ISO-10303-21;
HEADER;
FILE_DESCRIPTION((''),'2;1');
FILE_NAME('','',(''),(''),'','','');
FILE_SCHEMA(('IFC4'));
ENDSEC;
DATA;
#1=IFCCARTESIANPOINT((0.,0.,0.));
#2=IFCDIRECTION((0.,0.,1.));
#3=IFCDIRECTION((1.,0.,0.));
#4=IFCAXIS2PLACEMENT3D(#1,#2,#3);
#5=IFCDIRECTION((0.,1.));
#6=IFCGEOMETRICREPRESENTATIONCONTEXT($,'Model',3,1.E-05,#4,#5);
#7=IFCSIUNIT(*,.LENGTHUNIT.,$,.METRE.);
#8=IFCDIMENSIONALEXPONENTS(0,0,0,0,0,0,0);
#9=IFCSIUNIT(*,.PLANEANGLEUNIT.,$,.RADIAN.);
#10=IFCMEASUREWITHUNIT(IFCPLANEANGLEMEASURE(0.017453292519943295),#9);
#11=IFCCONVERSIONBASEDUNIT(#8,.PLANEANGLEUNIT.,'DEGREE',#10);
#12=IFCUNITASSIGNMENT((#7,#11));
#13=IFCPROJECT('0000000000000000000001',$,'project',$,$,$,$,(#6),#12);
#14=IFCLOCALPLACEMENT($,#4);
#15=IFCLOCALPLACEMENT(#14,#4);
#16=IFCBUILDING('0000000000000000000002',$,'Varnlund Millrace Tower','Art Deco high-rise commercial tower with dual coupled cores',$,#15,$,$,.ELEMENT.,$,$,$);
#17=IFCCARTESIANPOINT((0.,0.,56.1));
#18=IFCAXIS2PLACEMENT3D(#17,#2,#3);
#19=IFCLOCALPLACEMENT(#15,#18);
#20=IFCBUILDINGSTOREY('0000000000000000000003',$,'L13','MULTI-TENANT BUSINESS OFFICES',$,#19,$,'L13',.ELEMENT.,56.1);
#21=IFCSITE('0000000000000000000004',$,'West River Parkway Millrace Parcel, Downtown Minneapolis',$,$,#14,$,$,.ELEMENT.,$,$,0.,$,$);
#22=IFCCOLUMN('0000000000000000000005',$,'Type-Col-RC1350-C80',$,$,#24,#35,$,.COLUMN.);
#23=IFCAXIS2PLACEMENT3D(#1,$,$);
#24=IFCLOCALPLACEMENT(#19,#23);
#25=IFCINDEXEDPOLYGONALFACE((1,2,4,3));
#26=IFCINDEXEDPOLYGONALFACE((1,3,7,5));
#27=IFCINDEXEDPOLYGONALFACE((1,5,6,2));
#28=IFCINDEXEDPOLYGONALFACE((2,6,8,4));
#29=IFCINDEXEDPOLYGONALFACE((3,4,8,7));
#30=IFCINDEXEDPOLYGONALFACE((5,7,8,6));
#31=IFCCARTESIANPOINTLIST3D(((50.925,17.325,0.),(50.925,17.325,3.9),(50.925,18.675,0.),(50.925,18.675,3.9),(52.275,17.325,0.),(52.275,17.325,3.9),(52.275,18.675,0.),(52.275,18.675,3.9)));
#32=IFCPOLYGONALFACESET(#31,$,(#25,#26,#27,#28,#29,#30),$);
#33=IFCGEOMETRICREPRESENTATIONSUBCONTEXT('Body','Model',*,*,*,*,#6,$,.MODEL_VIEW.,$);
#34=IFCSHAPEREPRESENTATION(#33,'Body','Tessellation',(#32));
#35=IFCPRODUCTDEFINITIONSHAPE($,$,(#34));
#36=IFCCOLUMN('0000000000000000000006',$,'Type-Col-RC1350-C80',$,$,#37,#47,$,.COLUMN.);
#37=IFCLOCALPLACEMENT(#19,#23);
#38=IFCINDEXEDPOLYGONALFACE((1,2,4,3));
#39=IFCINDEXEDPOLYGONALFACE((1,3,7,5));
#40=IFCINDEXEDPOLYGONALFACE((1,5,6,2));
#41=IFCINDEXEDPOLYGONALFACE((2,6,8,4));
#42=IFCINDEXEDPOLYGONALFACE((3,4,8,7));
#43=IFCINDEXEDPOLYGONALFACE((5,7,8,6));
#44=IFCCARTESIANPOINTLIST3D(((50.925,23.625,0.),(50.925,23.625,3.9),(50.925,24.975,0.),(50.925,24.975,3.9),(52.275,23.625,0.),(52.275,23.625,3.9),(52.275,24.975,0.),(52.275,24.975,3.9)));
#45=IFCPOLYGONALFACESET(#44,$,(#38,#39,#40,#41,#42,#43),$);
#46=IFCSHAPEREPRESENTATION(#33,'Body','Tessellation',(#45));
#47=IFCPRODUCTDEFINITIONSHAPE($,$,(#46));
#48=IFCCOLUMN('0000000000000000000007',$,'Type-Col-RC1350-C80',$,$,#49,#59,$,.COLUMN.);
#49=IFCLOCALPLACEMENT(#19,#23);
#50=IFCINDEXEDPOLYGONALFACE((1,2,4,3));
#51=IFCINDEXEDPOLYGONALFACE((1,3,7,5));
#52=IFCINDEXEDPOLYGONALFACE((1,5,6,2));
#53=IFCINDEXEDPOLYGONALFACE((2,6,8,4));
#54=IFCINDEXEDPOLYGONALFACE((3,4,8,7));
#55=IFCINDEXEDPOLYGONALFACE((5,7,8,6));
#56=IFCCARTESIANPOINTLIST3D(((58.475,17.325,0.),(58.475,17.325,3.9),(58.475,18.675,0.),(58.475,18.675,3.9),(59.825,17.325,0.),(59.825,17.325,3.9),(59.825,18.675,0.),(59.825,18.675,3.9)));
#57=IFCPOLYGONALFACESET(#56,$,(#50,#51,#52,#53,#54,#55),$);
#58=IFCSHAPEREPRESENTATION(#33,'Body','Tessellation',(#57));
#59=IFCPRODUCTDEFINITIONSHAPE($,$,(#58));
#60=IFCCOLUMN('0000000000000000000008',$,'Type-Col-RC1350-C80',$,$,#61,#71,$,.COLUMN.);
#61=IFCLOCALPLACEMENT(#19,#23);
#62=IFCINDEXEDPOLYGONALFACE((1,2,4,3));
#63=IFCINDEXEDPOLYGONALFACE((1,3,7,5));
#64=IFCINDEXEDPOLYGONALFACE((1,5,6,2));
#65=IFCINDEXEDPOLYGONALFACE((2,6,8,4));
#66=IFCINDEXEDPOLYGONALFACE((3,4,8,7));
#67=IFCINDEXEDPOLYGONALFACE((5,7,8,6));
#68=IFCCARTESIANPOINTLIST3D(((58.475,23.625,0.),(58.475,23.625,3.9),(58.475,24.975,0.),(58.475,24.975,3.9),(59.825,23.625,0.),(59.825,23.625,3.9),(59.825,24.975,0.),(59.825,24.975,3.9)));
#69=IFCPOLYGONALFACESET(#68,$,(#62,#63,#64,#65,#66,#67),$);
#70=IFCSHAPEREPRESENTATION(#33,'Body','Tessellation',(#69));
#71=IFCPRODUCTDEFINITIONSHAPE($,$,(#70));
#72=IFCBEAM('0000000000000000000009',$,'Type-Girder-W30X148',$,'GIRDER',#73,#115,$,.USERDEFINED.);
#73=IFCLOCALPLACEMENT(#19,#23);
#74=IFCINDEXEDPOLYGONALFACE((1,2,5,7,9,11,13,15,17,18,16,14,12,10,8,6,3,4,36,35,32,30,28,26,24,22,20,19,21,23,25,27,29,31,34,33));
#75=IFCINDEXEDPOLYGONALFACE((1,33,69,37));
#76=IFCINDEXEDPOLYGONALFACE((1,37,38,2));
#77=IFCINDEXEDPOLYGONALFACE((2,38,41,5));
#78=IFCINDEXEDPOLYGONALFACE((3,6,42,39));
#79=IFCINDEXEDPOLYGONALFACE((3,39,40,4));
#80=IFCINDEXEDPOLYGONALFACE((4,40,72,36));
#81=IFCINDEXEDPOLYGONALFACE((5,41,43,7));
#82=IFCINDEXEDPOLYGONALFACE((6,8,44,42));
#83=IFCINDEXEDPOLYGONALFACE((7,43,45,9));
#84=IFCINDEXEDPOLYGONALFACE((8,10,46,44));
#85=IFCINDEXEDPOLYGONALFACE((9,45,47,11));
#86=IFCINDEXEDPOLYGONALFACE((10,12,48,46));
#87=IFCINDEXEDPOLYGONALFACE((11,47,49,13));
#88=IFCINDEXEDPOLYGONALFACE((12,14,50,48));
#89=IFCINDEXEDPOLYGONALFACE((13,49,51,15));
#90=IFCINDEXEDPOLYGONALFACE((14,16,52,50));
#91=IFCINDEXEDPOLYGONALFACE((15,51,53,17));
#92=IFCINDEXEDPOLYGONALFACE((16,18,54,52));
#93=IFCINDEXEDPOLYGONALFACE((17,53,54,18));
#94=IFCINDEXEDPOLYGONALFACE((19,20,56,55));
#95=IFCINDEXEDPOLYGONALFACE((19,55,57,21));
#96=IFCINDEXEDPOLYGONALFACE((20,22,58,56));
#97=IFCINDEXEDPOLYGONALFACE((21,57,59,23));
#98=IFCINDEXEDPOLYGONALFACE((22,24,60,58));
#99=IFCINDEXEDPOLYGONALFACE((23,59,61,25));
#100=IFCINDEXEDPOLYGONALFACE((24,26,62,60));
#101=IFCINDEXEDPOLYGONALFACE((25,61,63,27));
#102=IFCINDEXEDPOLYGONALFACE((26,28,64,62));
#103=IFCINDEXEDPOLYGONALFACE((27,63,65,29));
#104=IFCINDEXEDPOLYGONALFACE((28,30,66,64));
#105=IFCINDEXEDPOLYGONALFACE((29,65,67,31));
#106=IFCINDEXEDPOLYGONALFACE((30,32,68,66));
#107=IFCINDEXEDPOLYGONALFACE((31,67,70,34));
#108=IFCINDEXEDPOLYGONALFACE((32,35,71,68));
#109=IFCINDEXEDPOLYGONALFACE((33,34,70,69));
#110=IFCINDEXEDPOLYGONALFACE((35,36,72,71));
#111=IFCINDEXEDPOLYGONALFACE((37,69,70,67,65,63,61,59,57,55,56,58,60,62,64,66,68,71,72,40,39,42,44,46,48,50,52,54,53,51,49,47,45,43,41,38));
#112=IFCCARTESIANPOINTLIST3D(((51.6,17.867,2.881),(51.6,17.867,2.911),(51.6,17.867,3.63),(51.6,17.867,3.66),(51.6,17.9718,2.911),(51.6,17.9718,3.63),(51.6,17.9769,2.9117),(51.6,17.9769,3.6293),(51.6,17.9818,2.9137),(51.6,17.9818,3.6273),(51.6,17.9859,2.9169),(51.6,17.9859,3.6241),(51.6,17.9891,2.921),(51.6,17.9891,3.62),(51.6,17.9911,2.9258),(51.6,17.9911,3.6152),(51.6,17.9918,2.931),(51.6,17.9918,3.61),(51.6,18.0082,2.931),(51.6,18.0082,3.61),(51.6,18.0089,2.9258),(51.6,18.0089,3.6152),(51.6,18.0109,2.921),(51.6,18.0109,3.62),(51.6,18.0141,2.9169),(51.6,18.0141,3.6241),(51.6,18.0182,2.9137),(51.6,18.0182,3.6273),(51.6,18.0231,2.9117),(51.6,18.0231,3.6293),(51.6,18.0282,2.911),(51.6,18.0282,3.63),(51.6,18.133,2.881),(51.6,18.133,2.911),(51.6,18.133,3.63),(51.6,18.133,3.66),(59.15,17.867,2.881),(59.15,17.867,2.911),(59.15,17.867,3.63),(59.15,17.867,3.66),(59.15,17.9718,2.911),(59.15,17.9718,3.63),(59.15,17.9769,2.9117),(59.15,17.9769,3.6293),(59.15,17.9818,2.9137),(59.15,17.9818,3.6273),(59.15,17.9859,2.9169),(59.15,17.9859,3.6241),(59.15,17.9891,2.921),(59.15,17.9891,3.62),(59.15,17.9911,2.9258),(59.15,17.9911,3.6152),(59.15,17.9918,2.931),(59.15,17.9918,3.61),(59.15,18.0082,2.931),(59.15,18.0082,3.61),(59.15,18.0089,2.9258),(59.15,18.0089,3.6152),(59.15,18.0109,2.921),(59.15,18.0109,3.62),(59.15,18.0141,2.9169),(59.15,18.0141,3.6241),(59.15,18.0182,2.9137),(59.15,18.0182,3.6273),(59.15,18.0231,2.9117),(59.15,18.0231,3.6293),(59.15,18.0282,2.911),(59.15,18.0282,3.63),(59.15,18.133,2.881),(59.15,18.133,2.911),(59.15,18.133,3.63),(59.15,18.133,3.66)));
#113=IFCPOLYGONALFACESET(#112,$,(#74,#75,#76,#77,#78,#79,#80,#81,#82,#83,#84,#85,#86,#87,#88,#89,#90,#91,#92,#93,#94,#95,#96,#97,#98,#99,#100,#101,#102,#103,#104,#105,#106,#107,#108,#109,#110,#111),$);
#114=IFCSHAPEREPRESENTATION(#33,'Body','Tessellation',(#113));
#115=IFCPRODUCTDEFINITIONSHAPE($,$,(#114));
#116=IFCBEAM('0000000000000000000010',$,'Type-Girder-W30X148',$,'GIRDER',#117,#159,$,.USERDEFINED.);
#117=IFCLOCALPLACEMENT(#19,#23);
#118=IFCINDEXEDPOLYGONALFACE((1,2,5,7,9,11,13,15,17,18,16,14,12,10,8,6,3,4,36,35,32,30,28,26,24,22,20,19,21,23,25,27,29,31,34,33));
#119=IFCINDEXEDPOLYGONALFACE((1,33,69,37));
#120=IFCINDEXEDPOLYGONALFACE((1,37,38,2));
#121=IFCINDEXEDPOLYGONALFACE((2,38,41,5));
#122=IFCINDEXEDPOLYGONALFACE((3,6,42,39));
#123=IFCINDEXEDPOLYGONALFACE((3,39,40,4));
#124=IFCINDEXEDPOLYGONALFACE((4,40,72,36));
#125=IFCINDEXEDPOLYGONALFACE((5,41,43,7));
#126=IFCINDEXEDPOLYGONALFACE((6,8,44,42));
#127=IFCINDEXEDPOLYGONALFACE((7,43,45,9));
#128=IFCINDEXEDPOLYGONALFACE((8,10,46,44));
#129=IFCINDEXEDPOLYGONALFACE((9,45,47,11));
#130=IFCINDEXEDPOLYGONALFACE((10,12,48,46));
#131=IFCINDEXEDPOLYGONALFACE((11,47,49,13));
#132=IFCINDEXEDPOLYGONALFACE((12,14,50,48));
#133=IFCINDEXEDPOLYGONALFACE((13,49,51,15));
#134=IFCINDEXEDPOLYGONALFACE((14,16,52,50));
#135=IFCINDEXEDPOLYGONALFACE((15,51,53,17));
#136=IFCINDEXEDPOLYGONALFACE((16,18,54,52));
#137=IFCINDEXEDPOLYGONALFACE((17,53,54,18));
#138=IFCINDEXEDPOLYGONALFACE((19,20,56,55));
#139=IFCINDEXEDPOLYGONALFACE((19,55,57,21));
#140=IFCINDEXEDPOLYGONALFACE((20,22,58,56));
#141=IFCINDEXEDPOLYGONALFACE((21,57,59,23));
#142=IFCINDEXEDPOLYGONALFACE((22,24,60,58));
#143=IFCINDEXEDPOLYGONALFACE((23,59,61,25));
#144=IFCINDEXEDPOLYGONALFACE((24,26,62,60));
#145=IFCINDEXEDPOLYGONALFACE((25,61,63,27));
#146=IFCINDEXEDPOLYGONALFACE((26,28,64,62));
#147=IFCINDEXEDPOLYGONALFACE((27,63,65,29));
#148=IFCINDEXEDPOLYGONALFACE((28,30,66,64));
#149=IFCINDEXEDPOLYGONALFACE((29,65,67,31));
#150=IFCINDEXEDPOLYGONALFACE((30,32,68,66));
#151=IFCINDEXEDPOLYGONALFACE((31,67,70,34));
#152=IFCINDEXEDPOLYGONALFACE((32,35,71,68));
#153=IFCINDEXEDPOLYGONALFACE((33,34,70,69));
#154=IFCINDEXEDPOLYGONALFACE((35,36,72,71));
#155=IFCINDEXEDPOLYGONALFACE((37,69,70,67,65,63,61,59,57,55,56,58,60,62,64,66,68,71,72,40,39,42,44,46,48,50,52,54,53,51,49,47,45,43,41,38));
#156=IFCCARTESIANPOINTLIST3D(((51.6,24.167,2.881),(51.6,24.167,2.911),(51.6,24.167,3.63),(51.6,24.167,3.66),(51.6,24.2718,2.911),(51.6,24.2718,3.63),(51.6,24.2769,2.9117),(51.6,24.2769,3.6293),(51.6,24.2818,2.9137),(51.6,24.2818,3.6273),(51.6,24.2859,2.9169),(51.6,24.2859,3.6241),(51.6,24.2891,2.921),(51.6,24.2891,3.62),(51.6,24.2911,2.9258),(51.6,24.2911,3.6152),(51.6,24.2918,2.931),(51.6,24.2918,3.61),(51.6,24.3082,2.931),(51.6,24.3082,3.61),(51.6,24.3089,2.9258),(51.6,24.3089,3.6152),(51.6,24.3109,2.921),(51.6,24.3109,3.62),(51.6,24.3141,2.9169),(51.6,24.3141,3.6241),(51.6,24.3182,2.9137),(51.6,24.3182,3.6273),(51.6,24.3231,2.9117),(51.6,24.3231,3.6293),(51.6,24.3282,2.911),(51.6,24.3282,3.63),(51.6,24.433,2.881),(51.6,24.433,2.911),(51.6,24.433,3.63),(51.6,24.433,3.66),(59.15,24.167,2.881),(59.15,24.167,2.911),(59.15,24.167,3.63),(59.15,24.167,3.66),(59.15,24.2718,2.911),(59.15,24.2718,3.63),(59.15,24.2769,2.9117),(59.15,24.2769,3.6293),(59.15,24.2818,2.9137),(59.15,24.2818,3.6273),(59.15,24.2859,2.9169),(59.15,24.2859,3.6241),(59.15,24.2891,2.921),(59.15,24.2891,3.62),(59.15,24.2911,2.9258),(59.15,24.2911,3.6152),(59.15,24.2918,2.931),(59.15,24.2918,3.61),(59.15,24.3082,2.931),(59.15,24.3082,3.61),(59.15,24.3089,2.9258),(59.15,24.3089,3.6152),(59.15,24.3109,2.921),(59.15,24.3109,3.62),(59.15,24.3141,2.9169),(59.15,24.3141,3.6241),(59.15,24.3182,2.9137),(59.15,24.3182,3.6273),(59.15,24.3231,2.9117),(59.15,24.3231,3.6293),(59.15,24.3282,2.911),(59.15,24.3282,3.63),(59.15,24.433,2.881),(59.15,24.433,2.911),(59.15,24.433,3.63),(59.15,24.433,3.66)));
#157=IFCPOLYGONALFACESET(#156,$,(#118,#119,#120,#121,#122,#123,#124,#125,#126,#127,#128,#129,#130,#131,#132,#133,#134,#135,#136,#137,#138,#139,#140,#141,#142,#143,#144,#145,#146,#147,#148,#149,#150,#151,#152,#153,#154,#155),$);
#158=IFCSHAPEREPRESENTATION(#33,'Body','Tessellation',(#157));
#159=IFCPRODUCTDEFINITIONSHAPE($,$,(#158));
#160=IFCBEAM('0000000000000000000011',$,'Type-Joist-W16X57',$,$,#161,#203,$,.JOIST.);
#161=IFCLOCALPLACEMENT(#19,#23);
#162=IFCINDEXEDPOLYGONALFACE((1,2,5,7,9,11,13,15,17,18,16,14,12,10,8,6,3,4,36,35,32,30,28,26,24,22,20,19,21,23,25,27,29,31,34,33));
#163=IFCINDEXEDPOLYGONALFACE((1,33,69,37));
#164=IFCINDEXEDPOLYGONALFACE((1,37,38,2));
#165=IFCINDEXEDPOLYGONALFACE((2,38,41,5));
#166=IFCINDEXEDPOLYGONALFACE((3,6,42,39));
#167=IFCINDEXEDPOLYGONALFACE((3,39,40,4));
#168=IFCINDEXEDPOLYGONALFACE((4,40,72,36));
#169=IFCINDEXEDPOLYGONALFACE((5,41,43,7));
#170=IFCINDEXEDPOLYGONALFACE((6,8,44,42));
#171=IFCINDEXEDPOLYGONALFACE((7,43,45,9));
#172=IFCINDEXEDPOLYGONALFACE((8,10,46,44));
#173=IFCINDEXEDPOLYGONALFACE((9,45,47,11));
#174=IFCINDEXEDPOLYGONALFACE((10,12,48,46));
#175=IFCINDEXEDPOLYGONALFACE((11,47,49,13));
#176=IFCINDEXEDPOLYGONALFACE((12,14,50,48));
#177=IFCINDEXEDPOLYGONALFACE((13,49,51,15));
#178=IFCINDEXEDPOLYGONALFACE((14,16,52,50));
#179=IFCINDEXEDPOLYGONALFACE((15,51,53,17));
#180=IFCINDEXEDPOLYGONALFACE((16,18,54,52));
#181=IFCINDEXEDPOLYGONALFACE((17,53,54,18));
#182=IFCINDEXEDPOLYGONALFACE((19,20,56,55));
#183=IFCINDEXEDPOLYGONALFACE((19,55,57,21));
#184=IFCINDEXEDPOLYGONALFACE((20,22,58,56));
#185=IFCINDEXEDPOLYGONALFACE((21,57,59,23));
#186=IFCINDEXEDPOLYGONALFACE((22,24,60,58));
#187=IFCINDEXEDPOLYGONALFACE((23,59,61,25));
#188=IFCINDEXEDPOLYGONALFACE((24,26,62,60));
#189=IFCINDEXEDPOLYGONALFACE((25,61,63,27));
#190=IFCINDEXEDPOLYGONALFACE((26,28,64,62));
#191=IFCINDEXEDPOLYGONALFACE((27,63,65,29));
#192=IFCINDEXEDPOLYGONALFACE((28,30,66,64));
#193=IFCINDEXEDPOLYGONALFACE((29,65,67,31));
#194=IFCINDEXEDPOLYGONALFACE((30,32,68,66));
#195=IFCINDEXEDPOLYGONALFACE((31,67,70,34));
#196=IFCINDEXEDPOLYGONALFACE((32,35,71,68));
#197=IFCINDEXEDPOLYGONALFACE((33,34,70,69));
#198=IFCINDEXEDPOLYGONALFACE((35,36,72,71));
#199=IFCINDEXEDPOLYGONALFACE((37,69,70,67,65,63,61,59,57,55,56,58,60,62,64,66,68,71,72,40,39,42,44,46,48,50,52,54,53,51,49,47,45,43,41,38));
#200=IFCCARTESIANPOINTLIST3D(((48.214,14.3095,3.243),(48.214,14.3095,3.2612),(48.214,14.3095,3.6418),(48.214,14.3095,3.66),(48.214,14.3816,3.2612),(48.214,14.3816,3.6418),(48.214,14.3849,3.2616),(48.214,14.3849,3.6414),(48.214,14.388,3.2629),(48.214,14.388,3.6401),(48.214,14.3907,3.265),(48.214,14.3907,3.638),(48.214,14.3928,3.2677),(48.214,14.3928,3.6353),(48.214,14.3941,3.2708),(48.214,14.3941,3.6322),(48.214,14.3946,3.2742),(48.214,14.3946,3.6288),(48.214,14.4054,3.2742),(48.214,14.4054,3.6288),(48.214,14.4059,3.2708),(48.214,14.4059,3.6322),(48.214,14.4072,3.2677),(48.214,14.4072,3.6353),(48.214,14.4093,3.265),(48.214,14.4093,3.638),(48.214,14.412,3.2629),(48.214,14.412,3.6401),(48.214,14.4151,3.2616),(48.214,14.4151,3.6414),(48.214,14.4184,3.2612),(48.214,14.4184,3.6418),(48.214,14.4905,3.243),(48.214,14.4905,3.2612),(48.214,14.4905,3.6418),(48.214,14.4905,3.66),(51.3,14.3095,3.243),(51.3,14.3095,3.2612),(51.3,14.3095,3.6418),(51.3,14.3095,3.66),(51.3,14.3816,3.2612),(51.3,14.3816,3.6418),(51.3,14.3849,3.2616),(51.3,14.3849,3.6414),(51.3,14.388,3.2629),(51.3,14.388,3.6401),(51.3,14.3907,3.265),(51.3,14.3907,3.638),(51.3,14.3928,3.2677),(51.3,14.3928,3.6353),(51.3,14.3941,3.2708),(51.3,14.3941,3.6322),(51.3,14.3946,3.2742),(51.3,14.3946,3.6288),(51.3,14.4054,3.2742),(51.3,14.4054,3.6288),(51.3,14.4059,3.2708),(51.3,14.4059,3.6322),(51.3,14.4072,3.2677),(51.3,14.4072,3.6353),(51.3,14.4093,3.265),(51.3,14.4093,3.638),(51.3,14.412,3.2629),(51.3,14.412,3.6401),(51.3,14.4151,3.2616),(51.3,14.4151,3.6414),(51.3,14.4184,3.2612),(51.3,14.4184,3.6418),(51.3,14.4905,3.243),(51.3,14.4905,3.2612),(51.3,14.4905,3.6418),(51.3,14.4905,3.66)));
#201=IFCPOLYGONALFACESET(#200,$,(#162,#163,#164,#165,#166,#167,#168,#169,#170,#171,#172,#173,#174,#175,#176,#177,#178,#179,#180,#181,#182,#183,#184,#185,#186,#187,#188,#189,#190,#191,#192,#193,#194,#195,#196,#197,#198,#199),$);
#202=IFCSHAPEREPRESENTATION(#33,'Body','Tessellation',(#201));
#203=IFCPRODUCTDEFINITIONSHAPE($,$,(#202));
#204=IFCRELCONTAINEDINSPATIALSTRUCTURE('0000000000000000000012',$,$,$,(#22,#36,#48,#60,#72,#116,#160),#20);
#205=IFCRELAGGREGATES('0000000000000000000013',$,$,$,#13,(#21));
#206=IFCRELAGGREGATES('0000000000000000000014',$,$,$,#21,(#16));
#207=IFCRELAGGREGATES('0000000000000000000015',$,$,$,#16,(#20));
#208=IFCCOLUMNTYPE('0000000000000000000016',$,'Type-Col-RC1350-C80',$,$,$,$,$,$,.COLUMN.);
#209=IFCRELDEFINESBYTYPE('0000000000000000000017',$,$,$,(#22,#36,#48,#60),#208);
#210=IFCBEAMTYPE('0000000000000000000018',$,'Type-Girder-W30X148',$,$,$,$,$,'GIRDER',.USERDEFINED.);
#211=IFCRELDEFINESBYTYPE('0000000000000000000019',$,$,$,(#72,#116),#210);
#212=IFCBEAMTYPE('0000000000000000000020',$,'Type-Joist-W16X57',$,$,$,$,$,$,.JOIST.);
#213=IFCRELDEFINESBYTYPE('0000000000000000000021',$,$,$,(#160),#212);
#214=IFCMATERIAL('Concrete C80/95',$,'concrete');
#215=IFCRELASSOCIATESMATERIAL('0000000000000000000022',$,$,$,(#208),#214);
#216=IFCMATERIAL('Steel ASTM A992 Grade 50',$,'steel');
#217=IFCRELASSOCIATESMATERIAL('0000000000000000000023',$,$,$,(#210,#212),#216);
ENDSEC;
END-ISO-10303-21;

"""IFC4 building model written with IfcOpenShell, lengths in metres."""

from ifc_helpers import new_model, entity, si_unit, converted_unit, direction, frame, origin_with_axes, origin_2d_with_axis, place, context, subcontext, project, spatial, rectangle, i_section, extrude, material, material_profile, profile_set, type_object, element, save


model = new_model("IFC4")

# Units and contexts
model_context = context("Model", 3, precision=1e-05, world=origin_with_axes(), true_north=direction((0.0, 1.0)))
body_context = subcontext(model_context, "Body", "Model", "MODEL_VIEW")
ifc_project = project(units=[si_unit("LENGTHUNIT", "METRE"), converted_unit("PLANEANGLEUNIT", "DEGREE", entity("IfcPlaneAngleMeasure", 0.017453292519943295), si_unit("PLANEANGLEUNIT", "RADIAN"), dimensions=[0, 0, 0, 0, 0, 0, 0])], contexts=[model_context])

# Site, building, storey
site_placement = place(None, origin_with_axes())
site = spatial("IfcSite", under=ifc_project, at=site_placement, Name="West River Parkway Millrace Parcel, Downtown Minneapolis", CompositionType="ELEMENT", RefElevation=0.0)
building_placement = place(site_placement, origin_with_axes())
building = spatial("IfcBuilding", under=site, at=building_placement, Name="Varnlund Millrace Tower", Description="Art Deco high-rise commercial tower with dual coupled cores", CompositionType="ELEMENT")
storey_placement = place(building_placement, frame((0.0, 0.0, 56.1), z_axis=(0.0, 0.0, 1.0), x_axis=(1.0, 0.0, 0.0)))
storey = spatial("IfcBuildingStorey", under=building, at=storey_placement, Name="L13", Description="MULTI-TENANT BUSINESS OFFICES", LongName="L13", CompositionType="ELEMENT", Elevation=56.1)

# Columns
ifc_material_1 = material(Name="Concrete C80/95", Category="concrete")
ifc_material_profile_1 = material_profile(ifc_material_1, rectangle(XDim=1.35, YDim=1.35, at=origin_2d_with_axis()), Name="Concrete C80/95")
ifc_profile_set_1 = profile_set([ifc_material_profile_1], Name="Concrete C80/95")
column_type = type_object("IfcColumnType", Name="Type-Col-RC1350-C80", PredefinedType="COLUMN", material=ifc_profile_set_1)
for number, where, z_axis, x_axis, name in (
    (1, (51.6, 18.0, 0.0), (0.0, 0.0, 1.0), (1.0, 0.0, 0.0), "Type-Col-RC1350-C80"),
    (2, (51.6, 24.3, 0.0), (0.0, 0.0, 1.0), (1.0, 0.0, 0.0), "Type-Col-RC1350-C80"),
    (3, (59.15, 18.0, 0.0), (0.0, 0.0, 1.0), (1.0, 0.0, 0.0), "Type-Col-RC1350-C80"),
    (4, (59.15, 24.3, 0.0), (0.0, 0.0, 1.0), (1.0, 0.0, 0.0), "Type-Col-RC1350-C80"),
):
    element("IfcColumn", number, at=place(storey_placement, frame(where, z_axis=z_axis, x_axis=x_axis)), inside=storey, type_object=column_type, Name=name, PredefinedType="COLUMN", context=body_context, shape_type="SweptSolid", body=[
        extrude(rectangle(XDim=1.35, YDim=1.35, at=origin_2d_with_axis()), origin_with_axes(), (0.0, 0.0, 1.0), 3.9),
    ])

# Beams
ifc_material_2 = material(Name="Steel ASTM A992 Grade 50", Category="steel")
ifc_material_profile_2 = material_profile(ifc_material_2, i_section(OverallWidth=0.266, OverallDepth=0.779, WebThickness=0.0165, FlangeThickness=0.03, FilletRadius=0.02, at=origin_2d_with_axis()), Name="Steel ASTM A992 Grade 50")
ifc_profile_set_2 = profile_set([ifc_material_profile_2], Name="Steel ASTM A992 Grade 50")
beam_type_1 = type_object("IfcBeamType", Name="Type-Girder-W30X148", ElementType="GIRDER", PredefinedType="USERDEFINED", material=ifc_profile_set_2)
for number, where, z_axis, x_axis, name in (
    (5, (51.6, 18.0, 3.2705), (1.0, 0.0, 0.0), (0.0, 1.0, 0.0), "Type-Girder-W30X148"),
    (6, (51.6, 24.3, 3.2705), (1.0, 0.0, 0.0), (0.0, 1.0, 0.0), "Type-Girder-W30X148"),
):
    element("IfcBeam", number, at=place(storey_placement, frame(where, z_axis=z_axis, x_axis=x_axis)), inside=storey, type_object=beam_type_1, Name=name, ObjectType="GIRDER", PredefinedType="USERDEFINED", context=body_context, shape_type="SweptSolid", body=[
        extrude(i_section(OverallWidth=0.266, OverallDepth=0.779, WebThickness=0.0165, FlangeThickness=0.03, FilletRadius=0.02, at=origin_2d_with_axis()), origin_with_axes(), (0.0, 0.0, 1.0), 7.55),
    ])
ifc_material_profile_3 = material_profile(ifc_material_2, i_section(OverallWidth=0.181, OverallDepth=0.417, WebThickness=0.0109, FlangeThickness=0.0182, FilletRadius=0.013, at=origin_2d_with_axis()), Name="Steel ASTM A992 Grade 50")
ifc_profile_set_3 = profile_set([ifc_material_profile_3], Name="Steel ASTM A992 Grade 50")
beam_type_2 = type_object("IfcBeamType", Name="Type-Joist-W16X57", PredefinedType="JOIST", material=ifc_profile_set_3)
for number, where, z_axis, x_axis, name in (
    (7, (48.214, 14.4, 3.4515), (1.0, 0.0, 0.0), (0.0, 1.0, 0.0), "Type-Joist-W16X57"),
):
    element("IfcBeam", number, at=place(storey_placement, frame(where, z_axis=z_axis, x_axis=x_axis)), inside=storey, type_object=beam_type_2, Name=name, PredefinedType="JOIST", context=body_context, shape_type="SweptSolid", body=[
        extrude(i_section(OverallWidth=0.181, OverallDepth=0.417, WebThickness=0.0109, FlangeThickness=0.0182, FilletRadius=0.013, at=origin_2d_with_axis()), origin_with_axes(), (0.0, 0.0, 1.0), 3.086),
    ])

save(model, "model.ifc")
